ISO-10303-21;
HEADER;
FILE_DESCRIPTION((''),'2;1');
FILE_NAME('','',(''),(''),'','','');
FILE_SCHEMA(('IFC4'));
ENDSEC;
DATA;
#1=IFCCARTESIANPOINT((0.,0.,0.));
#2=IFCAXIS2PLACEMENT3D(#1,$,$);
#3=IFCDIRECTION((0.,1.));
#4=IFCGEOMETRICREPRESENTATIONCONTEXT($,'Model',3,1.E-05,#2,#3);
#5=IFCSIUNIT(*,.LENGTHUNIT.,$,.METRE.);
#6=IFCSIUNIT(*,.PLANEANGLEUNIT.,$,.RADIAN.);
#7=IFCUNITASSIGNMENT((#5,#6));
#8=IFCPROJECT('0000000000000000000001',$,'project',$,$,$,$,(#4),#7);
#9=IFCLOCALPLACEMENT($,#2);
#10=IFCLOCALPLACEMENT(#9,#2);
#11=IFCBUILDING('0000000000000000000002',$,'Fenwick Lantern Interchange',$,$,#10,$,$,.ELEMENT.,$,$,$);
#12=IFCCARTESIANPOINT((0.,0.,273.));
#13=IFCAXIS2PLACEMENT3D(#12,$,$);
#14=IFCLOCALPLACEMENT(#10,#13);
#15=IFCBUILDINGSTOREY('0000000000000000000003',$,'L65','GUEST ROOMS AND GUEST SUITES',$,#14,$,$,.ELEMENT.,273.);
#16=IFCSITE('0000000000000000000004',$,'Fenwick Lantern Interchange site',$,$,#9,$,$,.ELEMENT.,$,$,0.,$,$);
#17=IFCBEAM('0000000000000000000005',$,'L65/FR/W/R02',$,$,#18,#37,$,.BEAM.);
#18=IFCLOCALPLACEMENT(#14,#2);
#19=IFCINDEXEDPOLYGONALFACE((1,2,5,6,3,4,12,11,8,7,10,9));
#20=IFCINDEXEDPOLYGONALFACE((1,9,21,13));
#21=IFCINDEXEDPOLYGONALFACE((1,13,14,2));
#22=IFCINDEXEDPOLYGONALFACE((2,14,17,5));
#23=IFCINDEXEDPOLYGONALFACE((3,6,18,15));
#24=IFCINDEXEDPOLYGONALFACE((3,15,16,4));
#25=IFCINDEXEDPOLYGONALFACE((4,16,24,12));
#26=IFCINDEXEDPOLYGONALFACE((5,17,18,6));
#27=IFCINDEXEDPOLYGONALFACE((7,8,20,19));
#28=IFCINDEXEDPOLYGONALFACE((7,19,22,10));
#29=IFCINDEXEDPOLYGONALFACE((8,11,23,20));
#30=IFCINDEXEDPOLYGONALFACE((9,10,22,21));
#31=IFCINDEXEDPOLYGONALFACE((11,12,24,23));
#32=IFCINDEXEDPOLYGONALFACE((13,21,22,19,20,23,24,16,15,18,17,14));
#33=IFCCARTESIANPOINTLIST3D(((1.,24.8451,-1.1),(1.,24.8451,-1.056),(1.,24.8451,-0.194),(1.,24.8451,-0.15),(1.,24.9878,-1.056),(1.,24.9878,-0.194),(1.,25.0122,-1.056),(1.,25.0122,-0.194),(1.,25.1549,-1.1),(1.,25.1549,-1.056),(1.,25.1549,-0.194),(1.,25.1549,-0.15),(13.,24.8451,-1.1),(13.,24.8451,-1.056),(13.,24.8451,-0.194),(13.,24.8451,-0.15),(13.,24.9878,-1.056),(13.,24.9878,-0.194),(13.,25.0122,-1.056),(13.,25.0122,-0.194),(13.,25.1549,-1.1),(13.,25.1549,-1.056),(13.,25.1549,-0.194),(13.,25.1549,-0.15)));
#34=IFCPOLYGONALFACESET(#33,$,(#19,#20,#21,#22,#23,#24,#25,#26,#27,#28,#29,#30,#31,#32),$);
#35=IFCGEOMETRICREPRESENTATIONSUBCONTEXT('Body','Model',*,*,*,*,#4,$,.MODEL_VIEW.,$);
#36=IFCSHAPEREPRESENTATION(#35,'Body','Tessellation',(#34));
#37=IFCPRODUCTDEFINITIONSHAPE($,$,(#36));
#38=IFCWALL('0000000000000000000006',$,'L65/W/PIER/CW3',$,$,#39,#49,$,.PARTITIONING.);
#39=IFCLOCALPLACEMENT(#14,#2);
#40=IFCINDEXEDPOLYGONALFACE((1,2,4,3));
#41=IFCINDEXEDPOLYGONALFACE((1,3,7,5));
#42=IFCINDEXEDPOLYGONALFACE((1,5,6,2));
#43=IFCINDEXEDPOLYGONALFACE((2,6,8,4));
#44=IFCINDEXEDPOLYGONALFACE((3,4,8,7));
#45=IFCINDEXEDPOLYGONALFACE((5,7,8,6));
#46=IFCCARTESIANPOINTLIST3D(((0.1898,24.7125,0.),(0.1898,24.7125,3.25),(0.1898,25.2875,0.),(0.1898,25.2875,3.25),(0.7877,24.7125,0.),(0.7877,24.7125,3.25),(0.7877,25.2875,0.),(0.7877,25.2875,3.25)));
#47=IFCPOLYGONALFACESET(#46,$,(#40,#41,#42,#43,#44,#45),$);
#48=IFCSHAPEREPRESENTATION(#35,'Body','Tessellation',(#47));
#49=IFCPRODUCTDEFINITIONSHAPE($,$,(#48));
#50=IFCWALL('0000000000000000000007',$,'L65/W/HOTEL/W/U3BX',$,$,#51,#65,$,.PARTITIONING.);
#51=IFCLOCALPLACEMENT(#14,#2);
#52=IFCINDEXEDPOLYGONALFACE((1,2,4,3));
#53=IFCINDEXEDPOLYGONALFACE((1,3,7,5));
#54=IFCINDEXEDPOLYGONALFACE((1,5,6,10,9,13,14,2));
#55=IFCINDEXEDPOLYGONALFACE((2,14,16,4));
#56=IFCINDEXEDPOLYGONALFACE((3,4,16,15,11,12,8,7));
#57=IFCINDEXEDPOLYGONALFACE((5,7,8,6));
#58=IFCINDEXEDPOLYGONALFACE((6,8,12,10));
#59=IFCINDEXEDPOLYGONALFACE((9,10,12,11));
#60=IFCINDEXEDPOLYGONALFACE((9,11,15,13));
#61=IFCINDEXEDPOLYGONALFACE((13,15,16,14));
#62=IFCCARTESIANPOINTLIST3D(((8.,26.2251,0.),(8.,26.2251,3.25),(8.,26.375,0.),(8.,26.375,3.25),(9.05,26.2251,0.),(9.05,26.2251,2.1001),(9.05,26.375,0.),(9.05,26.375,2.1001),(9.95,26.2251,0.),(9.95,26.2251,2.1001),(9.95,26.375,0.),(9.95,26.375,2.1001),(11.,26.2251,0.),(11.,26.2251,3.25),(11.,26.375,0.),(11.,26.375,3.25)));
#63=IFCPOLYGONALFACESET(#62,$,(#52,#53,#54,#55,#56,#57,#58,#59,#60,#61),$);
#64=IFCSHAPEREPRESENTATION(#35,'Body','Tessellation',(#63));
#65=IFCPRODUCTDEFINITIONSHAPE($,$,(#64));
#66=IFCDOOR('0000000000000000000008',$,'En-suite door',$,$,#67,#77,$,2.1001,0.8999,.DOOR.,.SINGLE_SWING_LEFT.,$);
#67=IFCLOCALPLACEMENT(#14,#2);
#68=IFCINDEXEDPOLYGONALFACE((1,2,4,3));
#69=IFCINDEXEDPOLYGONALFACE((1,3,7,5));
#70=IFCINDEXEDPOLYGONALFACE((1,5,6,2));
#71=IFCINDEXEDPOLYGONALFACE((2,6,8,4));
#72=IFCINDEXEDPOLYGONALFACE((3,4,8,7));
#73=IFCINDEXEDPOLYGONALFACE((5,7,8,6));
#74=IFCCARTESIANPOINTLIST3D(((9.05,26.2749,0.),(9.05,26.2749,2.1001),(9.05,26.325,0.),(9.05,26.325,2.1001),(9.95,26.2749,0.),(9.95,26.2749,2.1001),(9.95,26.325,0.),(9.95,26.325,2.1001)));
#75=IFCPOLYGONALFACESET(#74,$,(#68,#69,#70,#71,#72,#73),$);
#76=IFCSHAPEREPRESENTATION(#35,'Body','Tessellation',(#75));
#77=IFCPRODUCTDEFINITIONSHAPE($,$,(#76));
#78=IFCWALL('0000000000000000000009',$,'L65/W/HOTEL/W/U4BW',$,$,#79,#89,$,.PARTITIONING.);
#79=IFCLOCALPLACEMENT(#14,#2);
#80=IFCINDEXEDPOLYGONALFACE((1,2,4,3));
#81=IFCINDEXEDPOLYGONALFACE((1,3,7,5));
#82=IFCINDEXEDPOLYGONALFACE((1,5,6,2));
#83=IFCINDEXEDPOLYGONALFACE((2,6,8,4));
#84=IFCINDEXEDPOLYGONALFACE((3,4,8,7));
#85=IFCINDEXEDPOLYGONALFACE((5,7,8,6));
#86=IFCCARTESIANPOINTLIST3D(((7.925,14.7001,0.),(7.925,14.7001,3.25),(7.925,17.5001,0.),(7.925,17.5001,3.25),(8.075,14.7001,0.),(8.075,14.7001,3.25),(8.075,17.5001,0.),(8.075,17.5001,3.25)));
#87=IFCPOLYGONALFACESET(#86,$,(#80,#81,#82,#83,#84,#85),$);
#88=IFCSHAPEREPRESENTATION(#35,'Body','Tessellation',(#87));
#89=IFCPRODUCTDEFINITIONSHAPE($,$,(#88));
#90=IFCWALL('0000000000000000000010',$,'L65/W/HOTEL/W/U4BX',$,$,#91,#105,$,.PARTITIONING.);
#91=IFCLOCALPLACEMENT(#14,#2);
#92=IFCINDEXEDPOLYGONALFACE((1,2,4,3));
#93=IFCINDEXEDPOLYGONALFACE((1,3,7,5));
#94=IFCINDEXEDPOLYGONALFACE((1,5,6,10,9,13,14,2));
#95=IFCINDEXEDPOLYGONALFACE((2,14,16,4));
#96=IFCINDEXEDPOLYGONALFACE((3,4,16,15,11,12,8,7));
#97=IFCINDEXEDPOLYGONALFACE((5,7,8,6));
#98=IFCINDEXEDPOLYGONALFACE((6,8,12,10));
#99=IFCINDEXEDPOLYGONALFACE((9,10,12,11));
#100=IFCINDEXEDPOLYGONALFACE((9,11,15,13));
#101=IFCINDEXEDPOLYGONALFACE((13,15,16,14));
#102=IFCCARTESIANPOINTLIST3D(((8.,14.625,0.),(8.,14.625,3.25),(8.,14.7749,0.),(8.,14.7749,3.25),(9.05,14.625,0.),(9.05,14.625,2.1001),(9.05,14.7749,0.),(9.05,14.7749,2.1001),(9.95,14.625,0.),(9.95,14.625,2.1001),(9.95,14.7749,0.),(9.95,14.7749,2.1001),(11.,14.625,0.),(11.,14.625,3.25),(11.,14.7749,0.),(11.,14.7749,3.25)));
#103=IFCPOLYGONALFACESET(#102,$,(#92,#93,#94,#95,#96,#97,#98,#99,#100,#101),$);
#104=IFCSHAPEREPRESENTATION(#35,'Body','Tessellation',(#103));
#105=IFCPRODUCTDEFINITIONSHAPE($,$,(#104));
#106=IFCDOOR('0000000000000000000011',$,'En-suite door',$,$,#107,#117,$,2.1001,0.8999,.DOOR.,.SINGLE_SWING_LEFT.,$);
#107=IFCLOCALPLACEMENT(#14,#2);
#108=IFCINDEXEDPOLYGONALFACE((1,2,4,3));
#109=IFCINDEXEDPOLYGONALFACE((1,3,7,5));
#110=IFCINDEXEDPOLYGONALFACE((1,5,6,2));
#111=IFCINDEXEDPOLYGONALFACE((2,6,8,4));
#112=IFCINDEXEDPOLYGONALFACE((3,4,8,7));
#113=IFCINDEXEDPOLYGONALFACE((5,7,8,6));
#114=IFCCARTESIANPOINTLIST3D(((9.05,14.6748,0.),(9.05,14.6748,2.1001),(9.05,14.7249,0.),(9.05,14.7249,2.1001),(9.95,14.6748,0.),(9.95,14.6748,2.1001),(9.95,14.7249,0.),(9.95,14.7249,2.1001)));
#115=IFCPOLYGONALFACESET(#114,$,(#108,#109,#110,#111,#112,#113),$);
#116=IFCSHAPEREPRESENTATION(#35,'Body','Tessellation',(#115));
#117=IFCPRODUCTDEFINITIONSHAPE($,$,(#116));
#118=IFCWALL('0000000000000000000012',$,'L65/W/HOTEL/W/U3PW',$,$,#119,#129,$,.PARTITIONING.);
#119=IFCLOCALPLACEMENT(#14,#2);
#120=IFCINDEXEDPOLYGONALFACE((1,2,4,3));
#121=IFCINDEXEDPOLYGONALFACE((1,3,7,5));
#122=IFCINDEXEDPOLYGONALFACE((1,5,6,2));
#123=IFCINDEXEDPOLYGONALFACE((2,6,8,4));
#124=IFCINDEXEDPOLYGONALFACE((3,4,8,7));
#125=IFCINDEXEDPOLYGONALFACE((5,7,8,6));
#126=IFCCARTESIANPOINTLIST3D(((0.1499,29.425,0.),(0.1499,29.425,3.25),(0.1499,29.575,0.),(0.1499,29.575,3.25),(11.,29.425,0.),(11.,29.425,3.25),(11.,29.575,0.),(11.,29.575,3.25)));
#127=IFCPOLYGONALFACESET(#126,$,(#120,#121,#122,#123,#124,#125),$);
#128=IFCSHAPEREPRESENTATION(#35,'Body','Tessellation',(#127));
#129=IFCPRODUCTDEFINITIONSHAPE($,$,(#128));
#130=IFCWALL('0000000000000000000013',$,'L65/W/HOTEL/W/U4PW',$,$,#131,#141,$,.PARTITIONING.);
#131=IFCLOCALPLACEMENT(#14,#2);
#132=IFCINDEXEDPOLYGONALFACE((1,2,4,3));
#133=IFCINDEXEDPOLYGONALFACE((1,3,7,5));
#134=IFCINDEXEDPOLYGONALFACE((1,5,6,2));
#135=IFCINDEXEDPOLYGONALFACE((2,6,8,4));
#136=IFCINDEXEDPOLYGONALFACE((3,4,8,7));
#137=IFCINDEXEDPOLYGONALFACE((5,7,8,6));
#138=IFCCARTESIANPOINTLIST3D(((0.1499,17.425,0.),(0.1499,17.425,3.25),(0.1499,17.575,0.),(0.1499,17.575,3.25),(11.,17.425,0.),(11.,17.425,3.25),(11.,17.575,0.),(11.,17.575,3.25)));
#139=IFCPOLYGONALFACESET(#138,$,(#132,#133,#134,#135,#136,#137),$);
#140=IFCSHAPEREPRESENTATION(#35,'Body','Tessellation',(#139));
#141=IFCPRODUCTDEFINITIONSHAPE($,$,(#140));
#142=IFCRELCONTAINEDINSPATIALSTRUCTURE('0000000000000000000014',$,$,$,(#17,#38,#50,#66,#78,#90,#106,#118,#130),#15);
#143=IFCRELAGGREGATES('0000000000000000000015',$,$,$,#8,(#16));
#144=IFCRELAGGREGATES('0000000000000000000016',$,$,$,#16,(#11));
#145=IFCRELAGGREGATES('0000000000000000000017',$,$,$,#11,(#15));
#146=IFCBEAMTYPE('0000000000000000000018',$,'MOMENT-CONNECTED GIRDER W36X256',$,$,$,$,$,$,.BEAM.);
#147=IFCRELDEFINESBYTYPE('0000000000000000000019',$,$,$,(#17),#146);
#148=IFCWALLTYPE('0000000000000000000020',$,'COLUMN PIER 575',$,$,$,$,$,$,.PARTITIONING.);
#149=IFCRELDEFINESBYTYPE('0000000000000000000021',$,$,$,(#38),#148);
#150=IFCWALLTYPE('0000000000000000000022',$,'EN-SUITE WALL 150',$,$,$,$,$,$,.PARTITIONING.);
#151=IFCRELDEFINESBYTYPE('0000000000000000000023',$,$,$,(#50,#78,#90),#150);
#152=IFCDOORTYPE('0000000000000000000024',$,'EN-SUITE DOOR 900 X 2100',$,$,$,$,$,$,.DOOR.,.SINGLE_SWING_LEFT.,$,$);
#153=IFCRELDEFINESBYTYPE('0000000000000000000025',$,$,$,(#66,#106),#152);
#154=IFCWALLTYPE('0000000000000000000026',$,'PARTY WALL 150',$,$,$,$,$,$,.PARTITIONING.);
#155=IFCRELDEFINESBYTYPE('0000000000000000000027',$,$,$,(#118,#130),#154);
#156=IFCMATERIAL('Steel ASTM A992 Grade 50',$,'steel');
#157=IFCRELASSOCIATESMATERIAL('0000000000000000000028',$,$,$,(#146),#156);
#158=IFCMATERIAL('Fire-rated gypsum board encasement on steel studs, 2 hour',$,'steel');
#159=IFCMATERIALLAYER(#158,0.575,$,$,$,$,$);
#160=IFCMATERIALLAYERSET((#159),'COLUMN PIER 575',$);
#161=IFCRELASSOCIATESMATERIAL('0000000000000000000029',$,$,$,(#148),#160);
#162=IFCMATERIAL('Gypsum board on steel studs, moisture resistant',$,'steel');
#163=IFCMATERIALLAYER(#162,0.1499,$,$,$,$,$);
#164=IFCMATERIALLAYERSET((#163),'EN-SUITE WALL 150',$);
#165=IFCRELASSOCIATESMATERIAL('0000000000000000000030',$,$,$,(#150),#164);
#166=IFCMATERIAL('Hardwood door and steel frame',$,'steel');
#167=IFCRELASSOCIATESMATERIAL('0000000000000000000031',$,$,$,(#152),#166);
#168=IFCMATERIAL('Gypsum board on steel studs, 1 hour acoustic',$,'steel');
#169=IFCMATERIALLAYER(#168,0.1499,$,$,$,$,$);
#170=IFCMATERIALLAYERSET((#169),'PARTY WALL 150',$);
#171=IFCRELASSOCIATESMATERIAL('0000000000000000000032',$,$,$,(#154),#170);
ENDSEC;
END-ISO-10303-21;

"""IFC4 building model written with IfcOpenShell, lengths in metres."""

from ifc_helpers import new_model, si_unit, direction, frame, frame_2d, origin, origin_2d, place, context, subcontext, project, spatial, rectangle, i_section, extrude, material, layer, layer_set, material_profile, profile_set, type_object, element, fill, save


model = new_model("IFC4")

# Units and contexts
model_context = context("Model", 3, precision=1e-05, world=origin(), true_north=direction((0.0, 1.0)))
body_context = subcontext(model_context, "Body", "Model", "MODEL_VIEW")
ifc_project = project(units=[si_unit("LENGTHUNIT", "METRE"), si_unit("PLANEANGLEUNIT", "RADIAN")], contexts=[model_context])

# Site, building, storey
site_placement = place(None, origin())
site = spatial("IfcSite", under=ifc_project, at=site_placement, Name="Fenwick Lantern Interchange site", CompositionType="ELEMENT", RefElevation=0.0)
building_placement = place(site_placement, origin())
building = spatial("IfcBuilding", under=site, at=building_placement, Name="Fenwick Lantern Interchange", CompositionType="ELEMENT")
storey_placement = place(building_placement, frame((0.0, 0.0, 273.0)))
storey = spatial("IfcBuildingStorey", under=building, at=storey_placement, Name="L65", Description="GUEST ROOMS AND GUEST SUITES", CompositionType="ELEMENT", Elevation=273.0)

# Shared definitions
ifc_material_1 = material(Name="Steel ASTM A992 Grade 50", Category="steel")

# Beam
ifc_material_profile_1 = material_profile(ifc_material_1, i_section(OverallWidth=0.3098, OverallDepth=0.95, WebThickness=0.0244, FlangeThickness=0.0439, at=origin_2d()), Name="W36X256")
ifc_profile_set_1 = profile_set([ifc_material_profile_1], Name="Steel ASTM A992 Grade 50")
beam_type_1 = type_object("IfcBeamType", Name="MOMENT-CONNECTED GIRDER W36X256", PredefinedType="BEAM", material=ifc_profile_set_1)
beam_1_placement = place(storey_placement, frame((1.0, 25.0, -0.625), z_axis=(1.0, 0.0, 0.0), x_axis=(0.0, 1.0, 0.0)))
element("IfcBeam", 1, at=beam_1_placement, inside=storey, type_object=beam_type_1, Name="L65/FR/W/R02", PredefinedType="BEAM", context=body_context, shape_type="SweptSolid", body=[
    extrude(i_section(OverallWidth=0.3098, OverallDepth=0.95, WebThickness=0.0244, FlangeThickness=0.0439, at=origin_2d()), origin(), (0.0, 0.0, 1.0), 12.0),
])

# Wall
ifc_material_2 = material(Name="Fire-rated gypsum board encasement on steel studs, 2 hour", Category="steel")
ifc_layer_1 = layer(ifc_material_2, 0.575)
ifc_layer_set_1 = layer_set([ifc_layer_1], Name="COLUMN PIER 575")
wall_type_1 = type_object("IfcWallType", Name="COLUMN PIER 575", PredefinedType="PARTITIONING", material=ifc_layer_set_1)
wall_1_placement = place(storey_placement, frame((0.1899, 25.0, 0.0), z_axis=(0.0, 0.0, 1.0), x_axis=(1.0, 0.0, 0.0)))
element("IfcWall", 2, at=wall_1_placement, inside=storey, type_object=wall_type_1, Name="L65/W/PIER/CW3", PredefinedType="PARTITIONING", context=body_context, shape_type="SweptSolid", body=[
    extrude(rectangle(XDim=0.5979, YDim=0.575, at=frame_2d((0.2988, 0.0))), origin(), (0.0, 0.0, 1.0), 3.25),
])

# Wall, opening, door
ifc_material_3 = material(Name="Gypsum board on steel studs, moisture resistant", Category="steel")
ifc_layer_2 = layer(ifc_material_3, 0.1499)
ifc_layer_set_2 = layer_set([ifc_layer_2], Name="EN-SUITE WALL 150")
wall_type_2 = type_object("IfcWallType", Name="EN-SUITE WALL 150", PredefinedType="PARTITIONING", material=ifc_layer_set_2)
wall_2_placement = place(storey_placement, frame((8.0, 26.3, 0.0), z_axis=(0.0, 0.0, 1.0), x_axis=(1.0, 0.0, 0.0)))
wall_2 = element("IfcWall", 3, at=wall_2_placement, inside=storey, type_object=wall_type_2, Name="L65/W/HOTEL/W/U3BX", PredefinedType="PARTITIONING", context=body_context, shape_type="SweptSolid", body=[
    extrude(rectangle(XDim=3.0, YDim=0.1499, at=frame_2d((1.5, 0.0))), origin(), (0.0, 0.0, 1.0), 3.25),
])
opening_1_placement = place(wall_2_placement, frame((1.05, 0.0, 0.0)))
opening_1 = element("IfcOpeningElement", 4, at=opening_1_placement, cuts=wall_2, PredefinedType="OPENING", context=body_context, shape_type="SweptSolid", body=[
    extrude(rectangle(XDim=0.8999, YDim=2.1001, at=frame_2d((0.45, 1.05))), frame((0.0, 0.085, 0.0), z_axis=(0.0, -1.0, 0.0), x_axis=(1.0, 0.0, 0.0)), (0.0, 0.0, 1.0), 0.1699),
])
ifc_material_4 = material(Name="Hardwood door and steel frame", Category="steel")
door_type = type_object("IfcDoorType", Name="EN-SUITE DOOR 900 X 2100", OperationType="SINGLE_SWING_LEFT", PredefinedType="DOOR", material=ifc_material_4)
door_1_placement = place(opening_1_placement, origin())
door_1 = element("IfcDoor", 5, at=door_1_placement, inside=storey, type_object=door_type, Name="En-suite door", OperationType="SINGLE_SWING_LEFT", OverallHeight=2.1001, OverallWidth=0.8999, PredefinedType="DOOR", context=body_context, shape_type="SweptSolid", body=[
    extrude(rectangle(XDim=0.8999, YDim=2.1001, at=frame_2d((0.45, 1.05))), frame((0.0, 0.0249, 0.0), z_axis=(0.0, -1.0, 0.0), x_axis=(1.0, 0.0, 0.0)), (0.0, 0.0, 1.0), 0.05),
])
fill(opening_1, door_1)

# Wall
wall_3_placement = place(storey_placement, frame((8.0, 17.5, 0.0), z_axis=(0.0, 0.0, 1.0), x_axis=(0.0, -1.0, 0.0)))
element("IfcWall", 6, at=wall_3_placement, inside=storey, type_object=wall_type_2, Name="L65/W/HOTEL/W/U4BW", PredefinedType="PARTITIONING", context=body_context, shape_type="SweptSolid", body=[
    extrude(rectangle(XDim=2.8, YDim=0.1499, at=frame_2d((1.3999, 0.0))), origin(), (0.0, 0.0, 1.0), 3.25),
])

# Wall, opening, door
wall_4_placement = place(storey_placement, frame((8.0, 14.7, 0.0), z_axis=(0.0, 0.0, 1.0), x_axis=(1.0, 0.0, 0.0)))
wall_4 = element("IfcWall", 7, at=wall_4_placement, inside=storey, type_object=wall_type_2, Name="L65/W/HOTEL/W/U4BX", PredefinedType="PARTITIONING", context=body_context, shape_type="SweptSolid", body=[
    extrude(rectangle(XDim=3.0, YDim=0.1499, at=frame_2d((1.5, 0.0))), origin(), (0.0, 0.0, 1.0), 3.25),
])
opening_2_placement = place(wall_4_placement, frame((1.05, 0.0, 0.0)))
opening_2 = element("IfcOpeningElement", 8, at=opening_2_placement, cuts=wall_4, PredefinedType="OPENING", context=body_context, shape_type="SweptSolid", body=[
    extrude(rectangle(XDim=0.8999, YDim=2.1001, at=frame_2d((0.45, 1.05))), frame((0.0, 0.085, 0.0), z_axis=(0.0, -1.0, 0.0), x_axis=(1.0, 0.0, 0.0)), (0.0, 0.0, 1.0), 0.1699),
])
door_2_placement = place(opening_2_placement, origin())
door_2 = element("IfcDoor", 9, at=door_2_placement, inside=storey, type_object=door_type, Name="En-suite door", OperationType="SINGLE_SWING_LEFT", OverallHeight=2.1001, OverallWidth=0.8999, PredefinedType="DOOR", context=body_context, shape_type="SweptSolid", body=[
    extrude(rectangle(XDim=0.8999, YDim=2.1001, at=frame_2d((0.45, 1.05))), frame((0.0, 0.0249, 0.0), z_axis=(0.0, -1.0, 0.0), x_axis=(1.0, 0.0, 0.0)), (0.0, 0.0, 1.0), 0.05),
])
fill(opening_2, door_2)

# Walls
ifc_material_5 = material(Name="Gypsum board on steel studs, 1 hour acoustic", Category="steel")
ifc_layer_3 = layer(ifc_material_5, 0.1499)
ifc_layer_set_3 = layer_set([ifc_layer_3], Name="PARTY WALL 150")
wall_type_3 = type_object("IfcWallType", Name="PARTY WALL 150", PredefinedType="PARTITIONING", material=ifc_layer_set_3)
for number, where, z_axis, x_axis, name in (
    (10, (0.1499, 29.5, 0.0), (0.0, 0.0, 1.0), (1.0, 0.0, 0.0), "L65/W/HOTEL/W/U3PW"),
    (11, (0.1499, 17.5, 0.0), (0.0, 0.0, 1.0), (1.0, 0.0, 0.0), "L65/W/HOTEL/W/U4PW"),
):
    element("IfcWall", number, at=place(storey_placement, frame(where, z_axis=z_axis, x_axis=x_axis)), inside=storey, type_object=wall_type_3, Name=name, PredefinedType="PARTITIONING", context=body_context, shape_type="SweptSolid", body=[
        extrude(rectangle(XDim=10.8501, YDim=0.1499, at=frame_2d((5.425, 0.0))), origin(), (0.0, 0.0, 1.0), 3.25),
    ])

save(model, "model.ifc")
